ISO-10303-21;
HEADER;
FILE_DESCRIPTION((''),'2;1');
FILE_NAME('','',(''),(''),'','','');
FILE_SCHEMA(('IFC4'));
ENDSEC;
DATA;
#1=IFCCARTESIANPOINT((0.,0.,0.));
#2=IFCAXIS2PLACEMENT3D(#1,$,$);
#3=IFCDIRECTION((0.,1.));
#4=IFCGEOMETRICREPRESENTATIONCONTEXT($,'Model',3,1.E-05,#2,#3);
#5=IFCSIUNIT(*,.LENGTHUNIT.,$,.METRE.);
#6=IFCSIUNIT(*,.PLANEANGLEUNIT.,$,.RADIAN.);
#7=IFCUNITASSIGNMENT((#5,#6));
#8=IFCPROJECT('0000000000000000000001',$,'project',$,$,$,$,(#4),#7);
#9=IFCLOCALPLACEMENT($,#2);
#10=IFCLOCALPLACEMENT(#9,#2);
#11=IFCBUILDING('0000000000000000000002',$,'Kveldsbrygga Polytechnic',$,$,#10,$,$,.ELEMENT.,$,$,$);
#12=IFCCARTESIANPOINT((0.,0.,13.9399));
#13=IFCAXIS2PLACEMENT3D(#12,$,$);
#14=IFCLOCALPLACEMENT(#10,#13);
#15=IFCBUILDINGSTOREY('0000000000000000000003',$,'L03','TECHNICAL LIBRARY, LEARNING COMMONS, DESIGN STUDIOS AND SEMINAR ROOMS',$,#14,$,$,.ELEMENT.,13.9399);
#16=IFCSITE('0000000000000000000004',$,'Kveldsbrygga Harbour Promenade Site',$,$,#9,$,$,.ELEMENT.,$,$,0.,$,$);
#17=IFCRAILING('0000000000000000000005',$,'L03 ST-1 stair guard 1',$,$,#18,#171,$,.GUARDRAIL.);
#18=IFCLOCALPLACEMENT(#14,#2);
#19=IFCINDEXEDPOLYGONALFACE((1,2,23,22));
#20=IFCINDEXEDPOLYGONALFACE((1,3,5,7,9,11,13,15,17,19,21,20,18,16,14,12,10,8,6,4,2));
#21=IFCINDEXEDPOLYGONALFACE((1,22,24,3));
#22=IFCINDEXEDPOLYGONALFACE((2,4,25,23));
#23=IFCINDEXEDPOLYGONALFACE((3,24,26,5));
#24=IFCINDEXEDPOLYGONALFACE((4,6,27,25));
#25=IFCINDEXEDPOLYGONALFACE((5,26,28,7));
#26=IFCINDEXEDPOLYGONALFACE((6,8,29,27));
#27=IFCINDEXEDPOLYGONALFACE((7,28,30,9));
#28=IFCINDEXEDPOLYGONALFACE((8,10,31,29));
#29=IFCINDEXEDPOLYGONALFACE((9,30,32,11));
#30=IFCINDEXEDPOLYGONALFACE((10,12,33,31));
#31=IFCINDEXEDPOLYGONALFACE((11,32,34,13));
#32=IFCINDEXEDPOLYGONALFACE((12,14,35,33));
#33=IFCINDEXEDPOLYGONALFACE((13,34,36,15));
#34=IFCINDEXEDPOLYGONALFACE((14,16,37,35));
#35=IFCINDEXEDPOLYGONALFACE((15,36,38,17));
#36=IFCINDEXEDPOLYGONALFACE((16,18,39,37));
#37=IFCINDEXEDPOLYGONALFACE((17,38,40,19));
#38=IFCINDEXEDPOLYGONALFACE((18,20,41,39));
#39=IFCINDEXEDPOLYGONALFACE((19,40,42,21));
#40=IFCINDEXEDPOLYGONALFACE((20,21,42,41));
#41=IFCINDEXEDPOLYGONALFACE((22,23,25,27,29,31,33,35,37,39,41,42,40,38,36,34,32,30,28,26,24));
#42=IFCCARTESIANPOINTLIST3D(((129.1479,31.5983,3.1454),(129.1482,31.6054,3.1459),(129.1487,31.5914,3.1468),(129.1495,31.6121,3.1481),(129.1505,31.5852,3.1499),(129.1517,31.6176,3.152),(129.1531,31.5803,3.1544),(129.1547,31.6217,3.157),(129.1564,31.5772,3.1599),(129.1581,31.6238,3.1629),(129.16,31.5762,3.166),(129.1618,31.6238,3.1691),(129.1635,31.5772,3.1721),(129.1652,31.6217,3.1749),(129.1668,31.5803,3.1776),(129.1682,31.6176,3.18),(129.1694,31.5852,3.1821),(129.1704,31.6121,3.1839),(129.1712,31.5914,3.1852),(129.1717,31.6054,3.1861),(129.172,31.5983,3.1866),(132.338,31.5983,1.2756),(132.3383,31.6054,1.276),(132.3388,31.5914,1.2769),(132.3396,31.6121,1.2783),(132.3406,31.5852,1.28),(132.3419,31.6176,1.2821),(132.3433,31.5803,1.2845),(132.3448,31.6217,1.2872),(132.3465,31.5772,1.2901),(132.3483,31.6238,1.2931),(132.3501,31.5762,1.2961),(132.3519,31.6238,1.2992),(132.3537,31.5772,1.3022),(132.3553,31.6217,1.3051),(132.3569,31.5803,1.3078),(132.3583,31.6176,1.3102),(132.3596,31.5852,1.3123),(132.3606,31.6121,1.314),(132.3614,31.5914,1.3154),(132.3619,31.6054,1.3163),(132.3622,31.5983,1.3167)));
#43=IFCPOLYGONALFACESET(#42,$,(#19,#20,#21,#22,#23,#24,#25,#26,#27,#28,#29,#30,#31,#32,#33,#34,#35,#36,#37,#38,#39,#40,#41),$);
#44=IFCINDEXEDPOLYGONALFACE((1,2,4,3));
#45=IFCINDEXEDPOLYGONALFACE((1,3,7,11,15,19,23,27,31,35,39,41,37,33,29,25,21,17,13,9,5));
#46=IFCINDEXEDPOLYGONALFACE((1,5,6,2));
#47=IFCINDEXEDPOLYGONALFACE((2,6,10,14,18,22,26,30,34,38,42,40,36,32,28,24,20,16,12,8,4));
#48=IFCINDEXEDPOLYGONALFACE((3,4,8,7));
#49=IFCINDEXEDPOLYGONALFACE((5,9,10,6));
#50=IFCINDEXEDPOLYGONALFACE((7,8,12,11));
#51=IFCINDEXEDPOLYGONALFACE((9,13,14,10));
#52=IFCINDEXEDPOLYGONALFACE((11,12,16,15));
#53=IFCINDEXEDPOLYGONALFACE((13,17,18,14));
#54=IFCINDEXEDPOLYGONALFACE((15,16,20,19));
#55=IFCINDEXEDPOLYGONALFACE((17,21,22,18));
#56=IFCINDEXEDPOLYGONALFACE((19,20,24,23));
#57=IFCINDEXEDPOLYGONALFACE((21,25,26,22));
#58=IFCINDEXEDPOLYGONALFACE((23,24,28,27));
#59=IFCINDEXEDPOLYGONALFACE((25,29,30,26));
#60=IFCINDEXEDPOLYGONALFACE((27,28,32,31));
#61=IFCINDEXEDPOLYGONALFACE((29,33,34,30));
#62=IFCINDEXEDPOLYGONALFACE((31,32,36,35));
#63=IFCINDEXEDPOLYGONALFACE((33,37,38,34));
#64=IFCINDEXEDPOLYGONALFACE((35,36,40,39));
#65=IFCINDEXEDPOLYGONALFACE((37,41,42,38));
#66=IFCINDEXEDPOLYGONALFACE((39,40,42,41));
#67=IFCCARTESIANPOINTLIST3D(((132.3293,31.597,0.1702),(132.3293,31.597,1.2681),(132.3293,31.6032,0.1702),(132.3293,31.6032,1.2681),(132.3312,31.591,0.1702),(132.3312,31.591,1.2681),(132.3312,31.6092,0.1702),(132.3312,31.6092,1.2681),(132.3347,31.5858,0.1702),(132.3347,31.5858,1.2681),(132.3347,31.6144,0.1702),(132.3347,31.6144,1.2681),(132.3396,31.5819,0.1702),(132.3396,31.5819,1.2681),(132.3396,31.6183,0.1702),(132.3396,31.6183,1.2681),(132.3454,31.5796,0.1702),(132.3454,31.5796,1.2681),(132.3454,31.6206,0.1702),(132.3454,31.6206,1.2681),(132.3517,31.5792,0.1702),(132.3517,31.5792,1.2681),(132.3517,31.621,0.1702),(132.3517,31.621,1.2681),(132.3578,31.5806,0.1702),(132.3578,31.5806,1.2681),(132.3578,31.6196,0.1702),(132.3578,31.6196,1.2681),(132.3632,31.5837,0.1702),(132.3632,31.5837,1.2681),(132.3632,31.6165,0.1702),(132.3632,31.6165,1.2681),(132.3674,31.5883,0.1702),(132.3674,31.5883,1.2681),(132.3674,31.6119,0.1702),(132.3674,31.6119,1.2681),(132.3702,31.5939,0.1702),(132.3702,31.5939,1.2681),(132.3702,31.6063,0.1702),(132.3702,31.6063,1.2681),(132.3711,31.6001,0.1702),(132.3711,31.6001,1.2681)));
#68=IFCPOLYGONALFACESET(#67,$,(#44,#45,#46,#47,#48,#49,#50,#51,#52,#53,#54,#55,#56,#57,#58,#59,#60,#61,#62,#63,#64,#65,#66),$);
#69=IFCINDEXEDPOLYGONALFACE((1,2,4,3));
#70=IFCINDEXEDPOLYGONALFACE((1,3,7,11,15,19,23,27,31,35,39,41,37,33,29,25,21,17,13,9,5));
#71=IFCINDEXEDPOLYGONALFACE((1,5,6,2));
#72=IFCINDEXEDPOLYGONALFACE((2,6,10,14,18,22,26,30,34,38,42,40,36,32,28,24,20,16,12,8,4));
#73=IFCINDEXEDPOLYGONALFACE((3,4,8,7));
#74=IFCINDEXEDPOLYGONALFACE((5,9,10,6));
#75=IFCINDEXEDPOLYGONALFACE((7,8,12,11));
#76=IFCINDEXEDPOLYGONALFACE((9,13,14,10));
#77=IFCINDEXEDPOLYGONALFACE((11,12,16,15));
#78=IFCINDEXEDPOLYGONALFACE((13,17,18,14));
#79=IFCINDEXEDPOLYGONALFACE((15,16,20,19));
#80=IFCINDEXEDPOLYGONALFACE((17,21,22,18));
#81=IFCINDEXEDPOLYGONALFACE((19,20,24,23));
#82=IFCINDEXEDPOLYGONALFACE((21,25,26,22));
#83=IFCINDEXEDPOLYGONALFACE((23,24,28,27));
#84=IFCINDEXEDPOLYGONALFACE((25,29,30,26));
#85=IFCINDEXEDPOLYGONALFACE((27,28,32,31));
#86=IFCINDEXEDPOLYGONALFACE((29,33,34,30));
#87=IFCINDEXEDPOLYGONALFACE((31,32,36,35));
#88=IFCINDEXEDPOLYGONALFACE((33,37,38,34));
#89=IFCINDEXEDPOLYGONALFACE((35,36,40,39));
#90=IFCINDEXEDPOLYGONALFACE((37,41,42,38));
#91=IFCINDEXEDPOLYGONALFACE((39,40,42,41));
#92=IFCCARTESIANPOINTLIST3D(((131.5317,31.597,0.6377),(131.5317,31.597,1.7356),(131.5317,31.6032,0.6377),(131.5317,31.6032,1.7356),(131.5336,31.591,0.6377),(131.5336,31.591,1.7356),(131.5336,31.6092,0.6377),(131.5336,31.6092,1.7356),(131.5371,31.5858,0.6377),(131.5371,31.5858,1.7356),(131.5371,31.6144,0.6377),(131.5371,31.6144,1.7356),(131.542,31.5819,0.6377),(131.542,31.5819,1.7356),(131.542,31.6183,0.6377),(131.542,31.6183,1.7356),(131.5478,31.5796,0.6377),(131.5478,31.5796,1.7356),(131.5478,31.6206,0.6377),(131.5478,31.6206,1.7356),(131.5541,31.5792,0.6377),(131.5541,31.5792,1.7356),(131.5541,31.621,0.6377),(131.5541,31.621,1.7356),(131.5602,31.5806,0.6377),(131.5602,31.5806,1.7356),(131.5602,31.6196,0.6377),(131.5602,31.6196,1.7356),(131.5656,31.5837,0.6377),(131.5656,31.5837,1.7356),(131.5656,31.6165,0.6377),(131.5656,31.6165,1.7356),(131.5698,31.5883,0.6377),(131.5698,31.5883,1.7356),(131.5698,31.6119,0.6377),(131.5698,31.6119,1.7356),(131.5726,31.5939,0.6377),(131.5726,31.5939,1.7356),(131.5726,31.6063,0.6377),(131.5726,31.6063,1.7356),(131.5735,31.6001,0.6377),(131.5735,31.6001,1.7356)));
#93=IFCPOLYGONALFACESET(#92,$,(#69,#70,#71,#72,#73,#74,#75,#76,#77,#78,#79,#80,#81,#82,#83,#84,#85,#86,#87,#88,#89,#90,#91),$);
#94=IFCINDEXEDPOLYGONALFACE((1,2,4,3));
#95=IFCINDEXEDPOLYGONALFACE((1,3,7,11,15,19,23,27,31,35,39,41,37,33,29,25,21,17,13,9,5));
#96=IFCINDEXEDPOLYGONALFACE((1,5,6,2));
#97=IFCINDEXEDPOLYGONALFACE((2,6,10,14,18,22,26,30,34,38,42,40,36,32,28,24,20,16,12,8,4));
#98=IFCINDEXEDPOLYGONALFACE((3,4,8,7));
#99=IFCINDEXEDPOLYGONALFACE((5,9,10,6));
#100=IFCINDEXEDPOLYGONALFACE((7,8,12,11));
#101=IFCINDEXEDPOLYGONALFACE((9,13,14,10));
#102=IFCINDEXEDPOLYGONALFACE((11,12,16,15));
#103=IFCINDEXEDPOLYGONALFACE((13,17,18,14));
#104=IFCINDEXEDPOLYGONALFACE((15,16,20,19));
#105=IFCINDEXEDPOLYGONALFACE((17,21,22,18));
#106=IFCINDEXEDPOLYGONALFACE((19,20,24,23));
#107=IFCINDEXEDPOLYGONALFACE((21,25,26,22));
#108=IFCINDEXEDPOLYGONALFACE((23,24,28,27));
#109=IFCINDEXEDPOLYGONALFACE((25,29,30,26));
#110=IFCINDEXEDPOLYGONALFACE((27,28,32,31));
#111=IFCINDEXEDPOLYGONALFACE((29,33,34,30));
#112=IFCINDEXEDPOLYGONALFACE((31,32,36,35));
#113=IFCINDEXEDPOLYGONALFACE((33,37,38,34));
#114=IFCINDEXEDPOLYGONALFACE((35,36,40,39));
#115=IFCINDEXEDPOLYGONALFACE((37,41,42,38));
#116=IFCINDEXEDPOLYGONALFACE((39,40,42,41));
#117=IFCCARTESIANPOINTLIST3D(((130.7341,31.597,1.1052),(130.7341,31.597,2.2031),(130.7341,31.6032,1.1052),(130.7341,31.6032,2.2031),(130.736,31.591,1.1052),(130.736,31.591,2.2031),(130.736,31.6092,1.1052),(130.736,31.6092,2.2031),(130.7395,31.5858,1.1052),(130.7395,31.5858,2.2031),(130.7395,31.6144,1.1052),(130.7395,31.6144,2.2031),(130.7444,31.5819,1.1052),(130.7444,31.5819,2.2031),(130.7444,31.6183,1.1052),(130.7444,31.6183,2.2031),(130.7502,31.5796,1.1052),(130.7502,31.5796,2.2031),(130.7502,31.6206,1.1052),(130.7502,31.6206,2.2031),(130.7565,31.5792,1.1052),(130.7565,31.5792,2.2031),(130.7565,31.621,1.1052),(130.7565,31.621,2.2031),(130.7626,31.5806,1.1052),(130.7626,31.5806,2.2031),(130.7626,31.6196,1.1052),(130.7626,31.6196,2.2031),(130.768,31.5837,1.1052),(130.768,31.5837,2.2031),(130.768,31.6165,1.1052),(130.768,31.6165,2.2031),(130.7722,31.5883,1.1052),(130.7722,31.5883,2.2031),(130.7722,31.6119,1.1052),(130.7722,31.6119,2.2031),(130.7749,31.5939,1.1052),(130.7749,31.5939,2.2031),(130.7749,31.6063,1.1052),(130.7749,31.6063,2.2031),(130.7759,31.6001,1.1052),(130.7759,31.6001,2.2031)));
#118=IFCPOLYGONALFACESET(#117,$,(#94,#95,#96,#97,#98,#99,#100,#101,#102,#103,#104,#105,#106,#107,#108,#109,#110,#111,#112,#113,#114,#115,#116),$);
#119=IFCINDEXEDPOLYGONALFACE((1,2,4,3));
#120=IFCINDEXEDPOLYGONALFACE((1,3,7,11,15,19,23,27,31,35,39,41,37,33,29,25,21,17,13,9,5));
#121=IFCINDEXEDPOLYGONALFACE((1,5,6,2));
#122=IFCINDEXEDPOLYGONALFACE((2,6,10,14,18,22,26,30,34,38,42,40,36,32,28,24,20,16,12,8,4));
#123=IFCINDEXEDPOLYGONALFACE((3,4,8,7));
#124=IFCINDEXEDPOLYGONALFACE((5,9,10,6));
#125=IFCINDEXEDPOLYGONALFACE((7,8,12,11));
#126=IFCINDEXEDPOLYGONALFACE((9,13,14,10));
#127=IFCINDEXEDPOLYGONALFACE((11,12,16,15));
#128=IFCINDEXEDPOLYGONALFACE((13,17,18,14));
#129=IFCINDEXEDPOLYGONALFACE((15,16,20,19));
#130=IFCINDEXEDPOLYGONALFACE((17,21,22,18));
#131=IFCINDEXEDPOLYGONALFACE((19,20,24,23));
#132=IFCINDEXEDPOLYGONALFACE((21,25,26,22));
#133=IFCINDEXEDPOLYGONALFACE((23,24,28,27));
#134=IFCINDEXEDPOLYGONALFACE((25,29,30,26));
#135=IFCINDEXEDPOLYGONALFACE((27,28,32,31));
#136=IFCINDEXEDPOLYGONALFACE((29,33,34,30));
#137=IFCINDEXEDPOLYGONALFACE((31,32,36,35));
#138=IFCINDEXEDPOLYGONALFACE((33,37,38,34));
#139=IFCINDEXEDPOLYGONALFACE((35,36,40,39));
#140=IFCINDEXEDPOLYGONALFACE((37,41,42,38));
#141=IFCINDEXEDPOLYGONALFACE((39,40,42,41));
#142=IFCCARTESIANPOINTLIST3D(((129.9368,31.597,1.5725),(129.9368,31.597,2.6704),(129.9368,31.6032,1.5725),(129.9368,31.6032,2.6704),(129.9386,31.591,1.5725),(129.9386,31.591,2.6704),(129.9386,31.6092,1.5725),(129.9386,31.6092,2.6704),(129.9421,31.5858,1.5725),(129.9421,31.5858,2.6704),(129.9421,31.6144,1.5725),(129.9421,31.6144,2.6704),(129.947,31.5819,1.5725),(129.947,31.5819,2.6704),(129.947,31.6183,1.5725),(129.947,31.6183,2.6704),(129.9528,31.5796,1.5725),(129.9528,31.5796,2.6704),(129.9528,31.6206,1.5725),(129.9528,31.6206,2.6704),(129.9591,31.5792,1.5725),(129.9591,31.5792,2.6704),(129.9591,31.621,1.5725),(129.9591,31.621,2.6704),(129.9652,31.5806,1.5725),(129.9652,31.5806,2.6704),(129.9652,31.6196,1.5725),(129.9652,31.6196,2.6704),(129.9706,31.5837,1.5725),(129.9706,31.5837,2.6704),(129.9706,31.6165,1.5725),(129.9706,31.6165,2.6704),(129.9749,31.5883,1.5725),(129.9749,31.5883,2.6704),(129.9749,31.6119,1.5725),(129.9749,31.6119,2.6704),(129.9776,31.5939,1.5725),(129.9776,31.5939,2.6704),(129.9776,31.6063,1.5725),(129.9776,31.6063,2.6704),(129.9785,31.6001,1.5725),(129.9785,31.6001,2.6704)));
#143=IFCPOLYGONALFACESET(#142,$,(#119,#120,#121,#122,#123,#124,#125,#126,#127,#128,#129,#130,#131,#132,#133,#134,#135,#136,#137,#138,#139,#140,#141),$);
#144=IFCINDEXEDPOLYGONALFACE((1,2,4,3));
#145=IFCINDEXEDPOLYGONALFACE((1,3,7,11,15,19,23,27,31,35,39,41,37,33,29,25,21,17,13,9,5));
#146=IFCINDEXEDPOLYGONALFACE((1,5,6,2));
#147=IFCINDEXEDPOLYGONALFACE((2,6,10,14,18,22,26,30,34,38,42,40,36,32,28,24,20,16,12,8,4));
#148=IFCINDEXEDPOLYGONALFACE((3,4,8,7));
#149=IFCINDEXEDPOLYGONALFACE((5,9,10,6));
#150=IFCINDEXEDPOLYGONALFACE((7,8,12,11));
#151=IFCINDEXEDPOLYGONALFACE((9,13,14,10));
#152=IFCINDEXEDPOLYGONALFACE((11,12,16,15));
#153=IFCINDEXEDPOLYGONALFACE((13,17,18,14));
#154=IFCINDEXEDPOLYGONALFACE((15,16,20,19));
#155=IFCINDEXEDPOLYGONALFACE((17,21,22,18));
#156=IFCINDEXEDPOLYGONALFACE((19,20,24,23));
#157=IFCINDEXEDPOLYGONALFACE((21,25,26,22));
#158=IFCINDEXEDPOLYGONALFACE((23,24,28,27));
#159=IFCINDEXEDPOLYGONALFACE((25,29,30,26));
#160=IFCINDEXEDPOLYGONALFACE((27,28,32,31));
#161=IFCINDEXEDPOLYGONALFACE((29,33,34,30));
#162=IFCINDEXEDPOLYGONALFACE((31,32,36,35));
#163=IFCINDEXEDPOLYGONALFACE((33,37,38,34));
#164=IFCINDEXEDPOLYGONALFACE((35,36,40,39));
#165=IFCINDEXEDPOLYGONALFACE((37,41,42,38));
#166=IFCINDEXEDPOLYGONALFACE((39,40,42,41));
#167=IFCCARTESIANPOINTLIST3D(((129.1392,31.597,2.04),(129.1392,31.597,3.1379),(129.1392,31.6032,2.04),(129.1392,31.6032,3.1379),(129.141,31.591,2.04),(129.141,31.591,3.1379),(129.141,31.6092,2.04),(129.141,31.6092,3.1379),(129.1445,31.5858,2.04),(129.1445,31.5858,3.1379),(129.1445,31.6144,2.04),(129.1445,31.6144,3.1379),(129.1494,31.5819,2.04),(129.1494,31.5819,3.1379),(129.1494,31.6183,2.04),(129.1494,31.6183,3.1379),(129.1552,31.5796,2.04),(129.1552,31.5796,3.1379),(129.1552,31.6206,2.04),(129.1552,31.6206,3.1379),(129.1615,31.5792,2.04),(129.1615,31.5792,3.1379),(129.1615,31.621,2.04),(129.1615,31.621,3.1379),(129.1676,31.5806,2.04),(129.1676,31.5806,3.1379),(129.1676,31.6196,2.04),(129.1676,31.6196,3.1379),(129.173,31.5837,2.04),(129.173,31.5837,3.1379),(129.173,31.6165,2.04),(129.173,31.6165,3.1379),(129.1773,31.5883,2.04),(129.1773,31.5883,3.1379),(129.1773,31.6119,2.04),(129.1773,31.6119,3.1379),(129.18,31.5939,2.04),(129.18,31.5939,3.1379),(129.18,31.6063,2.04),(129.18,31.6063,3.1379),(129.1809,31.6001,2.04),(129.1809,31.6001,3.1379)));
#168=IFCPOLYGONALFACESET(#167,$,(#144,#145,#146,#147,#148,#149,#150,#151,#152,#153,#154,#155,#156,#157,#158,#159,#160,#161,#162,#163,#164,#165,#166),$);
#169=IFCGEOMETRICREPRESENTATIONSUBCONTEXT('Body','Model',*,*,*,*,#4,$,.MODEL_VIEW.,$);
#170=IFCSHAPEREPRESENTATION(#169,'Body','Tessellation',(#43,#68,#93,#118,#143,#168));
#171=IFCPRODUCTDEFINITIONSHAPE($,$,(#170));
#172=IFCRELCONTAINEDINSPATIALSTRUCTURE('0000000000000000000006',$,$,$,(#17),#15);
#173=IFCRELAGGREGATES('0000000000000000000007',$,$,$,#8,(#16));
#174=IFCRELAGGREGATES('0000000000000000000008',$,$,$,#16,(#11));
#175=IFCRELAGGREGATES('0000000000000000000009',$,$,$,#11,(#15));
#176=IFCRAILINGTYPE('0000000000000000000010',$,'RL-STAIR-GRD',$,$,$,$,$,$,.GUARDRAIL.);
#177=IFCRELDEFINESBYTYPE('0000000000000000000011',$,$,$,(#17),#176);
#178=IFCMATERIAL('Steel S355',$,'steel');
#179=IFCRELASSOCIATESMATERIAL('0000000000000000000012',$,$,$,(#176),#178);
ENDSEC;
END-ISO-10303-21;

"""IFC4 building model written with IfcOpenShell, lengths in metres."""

from ifc_helpers import new_model, si_unit, direction, frame, origin, origin_2d, place, context, subcontext, project, spatial, circle, extrude, material, type_object, element, save


model = new_model("IFC4")

# Units and contexts
model_context = context("Model", 3, precision=1e-05, world=origin(), true_north=direction((0.0, 1.0)))
body_context = subcontext(model_context, "Body", "Model", "MODEL_VIEW")
ifc_project = project(units=[si_unit("LENGTHUNIT", "METRE"), si_unit("PLANEANGLEUNIT", "RADIAN")], contexts=[model_context])

# Site, building, storey
site_placement = place(None, origin())
site = spatial("IfcSite", under=ifc_project, at=site_placement, Name="Kveldsbrygga Harbour Promenade Site", CompositionType="ELEMENT", RefElevation=0.0)
building_placement = place(site_placement, origin())
building = spatial("IfcBuilding", under=site, at=building_placement, Name="Kveldsbrygga Polytechnic", CompositionType="ELEMENT")
storey_placement = place(building_placement, frame((0.0, 0.0, 13.9399)))
storey = spatial("IfcBuildingStorey", under=building, at=storey_placement, Name="L03", Description="TECHNICAL LIBRARY, LEARNING COMMONS, DESIGN STUDIOS AND SEMINAR ROOMS", CompositionType="ELEMENT", Elevation=13.9399)

# Railing
ifc_material_1 = material(Name="Steel S355", Category="steel")
railing_type_1 = type_object("IfcRailingType", Name="RL-STAIR-GRD", PredefinedType="GUARDRAIL", material=ifc_material_1)
railing_1_placement = place(storey_placement, frame((132.3501, 31.6001, 0.1702)))
element("IfcRailing", 1, at=railing_1_placement, inside=storey, type_object=railing_type_1, Name="L03 ST-1 stair guard 1", PredefinedType="GUARDRAIL", context=body_context, shape_type="SweptSolid", body=[
    extrude(circle(Radius=0.0239, at=origin_2d()), frame((0.0, 0.0, 1.126), z_axis=(-0.862726, 0.0, 0.505672), x_axis=(0.0, -1.0, 0.0)), (0.0, 0.0, 1.0), 3.6978),
    extrude(circle(Radius=0.021, at=origin_2d()), origin(), (0.0, 0.0, 1.0), 1.0979),
    extrude(circle(Radius=0.021, at=origin_2d()), frame((-0.7976, 0.0, 0.4675)), (0.0, 0.0, 1.0), 1.0979),
    extrude(circle(Radius=0.021, at=origin_2d()), frame((-1.5952, 0.0, 0.9351)), (0.0, 0.0, 1.0), 1.0979),
    extrude(circle(Radius=0.021, at=origin_2d()), frame((-2.3926, 0.0, 1.4023)), (0.0, 0.0, 1.0), 1.0979),
    extrude(circle(Radius=0.021, at=origin_2d()), frame((-3.1902, 0.0, 1.8699)), (0.0, 0.0, 1.0), 1.0979),
])

save(model, "model.ifc")
